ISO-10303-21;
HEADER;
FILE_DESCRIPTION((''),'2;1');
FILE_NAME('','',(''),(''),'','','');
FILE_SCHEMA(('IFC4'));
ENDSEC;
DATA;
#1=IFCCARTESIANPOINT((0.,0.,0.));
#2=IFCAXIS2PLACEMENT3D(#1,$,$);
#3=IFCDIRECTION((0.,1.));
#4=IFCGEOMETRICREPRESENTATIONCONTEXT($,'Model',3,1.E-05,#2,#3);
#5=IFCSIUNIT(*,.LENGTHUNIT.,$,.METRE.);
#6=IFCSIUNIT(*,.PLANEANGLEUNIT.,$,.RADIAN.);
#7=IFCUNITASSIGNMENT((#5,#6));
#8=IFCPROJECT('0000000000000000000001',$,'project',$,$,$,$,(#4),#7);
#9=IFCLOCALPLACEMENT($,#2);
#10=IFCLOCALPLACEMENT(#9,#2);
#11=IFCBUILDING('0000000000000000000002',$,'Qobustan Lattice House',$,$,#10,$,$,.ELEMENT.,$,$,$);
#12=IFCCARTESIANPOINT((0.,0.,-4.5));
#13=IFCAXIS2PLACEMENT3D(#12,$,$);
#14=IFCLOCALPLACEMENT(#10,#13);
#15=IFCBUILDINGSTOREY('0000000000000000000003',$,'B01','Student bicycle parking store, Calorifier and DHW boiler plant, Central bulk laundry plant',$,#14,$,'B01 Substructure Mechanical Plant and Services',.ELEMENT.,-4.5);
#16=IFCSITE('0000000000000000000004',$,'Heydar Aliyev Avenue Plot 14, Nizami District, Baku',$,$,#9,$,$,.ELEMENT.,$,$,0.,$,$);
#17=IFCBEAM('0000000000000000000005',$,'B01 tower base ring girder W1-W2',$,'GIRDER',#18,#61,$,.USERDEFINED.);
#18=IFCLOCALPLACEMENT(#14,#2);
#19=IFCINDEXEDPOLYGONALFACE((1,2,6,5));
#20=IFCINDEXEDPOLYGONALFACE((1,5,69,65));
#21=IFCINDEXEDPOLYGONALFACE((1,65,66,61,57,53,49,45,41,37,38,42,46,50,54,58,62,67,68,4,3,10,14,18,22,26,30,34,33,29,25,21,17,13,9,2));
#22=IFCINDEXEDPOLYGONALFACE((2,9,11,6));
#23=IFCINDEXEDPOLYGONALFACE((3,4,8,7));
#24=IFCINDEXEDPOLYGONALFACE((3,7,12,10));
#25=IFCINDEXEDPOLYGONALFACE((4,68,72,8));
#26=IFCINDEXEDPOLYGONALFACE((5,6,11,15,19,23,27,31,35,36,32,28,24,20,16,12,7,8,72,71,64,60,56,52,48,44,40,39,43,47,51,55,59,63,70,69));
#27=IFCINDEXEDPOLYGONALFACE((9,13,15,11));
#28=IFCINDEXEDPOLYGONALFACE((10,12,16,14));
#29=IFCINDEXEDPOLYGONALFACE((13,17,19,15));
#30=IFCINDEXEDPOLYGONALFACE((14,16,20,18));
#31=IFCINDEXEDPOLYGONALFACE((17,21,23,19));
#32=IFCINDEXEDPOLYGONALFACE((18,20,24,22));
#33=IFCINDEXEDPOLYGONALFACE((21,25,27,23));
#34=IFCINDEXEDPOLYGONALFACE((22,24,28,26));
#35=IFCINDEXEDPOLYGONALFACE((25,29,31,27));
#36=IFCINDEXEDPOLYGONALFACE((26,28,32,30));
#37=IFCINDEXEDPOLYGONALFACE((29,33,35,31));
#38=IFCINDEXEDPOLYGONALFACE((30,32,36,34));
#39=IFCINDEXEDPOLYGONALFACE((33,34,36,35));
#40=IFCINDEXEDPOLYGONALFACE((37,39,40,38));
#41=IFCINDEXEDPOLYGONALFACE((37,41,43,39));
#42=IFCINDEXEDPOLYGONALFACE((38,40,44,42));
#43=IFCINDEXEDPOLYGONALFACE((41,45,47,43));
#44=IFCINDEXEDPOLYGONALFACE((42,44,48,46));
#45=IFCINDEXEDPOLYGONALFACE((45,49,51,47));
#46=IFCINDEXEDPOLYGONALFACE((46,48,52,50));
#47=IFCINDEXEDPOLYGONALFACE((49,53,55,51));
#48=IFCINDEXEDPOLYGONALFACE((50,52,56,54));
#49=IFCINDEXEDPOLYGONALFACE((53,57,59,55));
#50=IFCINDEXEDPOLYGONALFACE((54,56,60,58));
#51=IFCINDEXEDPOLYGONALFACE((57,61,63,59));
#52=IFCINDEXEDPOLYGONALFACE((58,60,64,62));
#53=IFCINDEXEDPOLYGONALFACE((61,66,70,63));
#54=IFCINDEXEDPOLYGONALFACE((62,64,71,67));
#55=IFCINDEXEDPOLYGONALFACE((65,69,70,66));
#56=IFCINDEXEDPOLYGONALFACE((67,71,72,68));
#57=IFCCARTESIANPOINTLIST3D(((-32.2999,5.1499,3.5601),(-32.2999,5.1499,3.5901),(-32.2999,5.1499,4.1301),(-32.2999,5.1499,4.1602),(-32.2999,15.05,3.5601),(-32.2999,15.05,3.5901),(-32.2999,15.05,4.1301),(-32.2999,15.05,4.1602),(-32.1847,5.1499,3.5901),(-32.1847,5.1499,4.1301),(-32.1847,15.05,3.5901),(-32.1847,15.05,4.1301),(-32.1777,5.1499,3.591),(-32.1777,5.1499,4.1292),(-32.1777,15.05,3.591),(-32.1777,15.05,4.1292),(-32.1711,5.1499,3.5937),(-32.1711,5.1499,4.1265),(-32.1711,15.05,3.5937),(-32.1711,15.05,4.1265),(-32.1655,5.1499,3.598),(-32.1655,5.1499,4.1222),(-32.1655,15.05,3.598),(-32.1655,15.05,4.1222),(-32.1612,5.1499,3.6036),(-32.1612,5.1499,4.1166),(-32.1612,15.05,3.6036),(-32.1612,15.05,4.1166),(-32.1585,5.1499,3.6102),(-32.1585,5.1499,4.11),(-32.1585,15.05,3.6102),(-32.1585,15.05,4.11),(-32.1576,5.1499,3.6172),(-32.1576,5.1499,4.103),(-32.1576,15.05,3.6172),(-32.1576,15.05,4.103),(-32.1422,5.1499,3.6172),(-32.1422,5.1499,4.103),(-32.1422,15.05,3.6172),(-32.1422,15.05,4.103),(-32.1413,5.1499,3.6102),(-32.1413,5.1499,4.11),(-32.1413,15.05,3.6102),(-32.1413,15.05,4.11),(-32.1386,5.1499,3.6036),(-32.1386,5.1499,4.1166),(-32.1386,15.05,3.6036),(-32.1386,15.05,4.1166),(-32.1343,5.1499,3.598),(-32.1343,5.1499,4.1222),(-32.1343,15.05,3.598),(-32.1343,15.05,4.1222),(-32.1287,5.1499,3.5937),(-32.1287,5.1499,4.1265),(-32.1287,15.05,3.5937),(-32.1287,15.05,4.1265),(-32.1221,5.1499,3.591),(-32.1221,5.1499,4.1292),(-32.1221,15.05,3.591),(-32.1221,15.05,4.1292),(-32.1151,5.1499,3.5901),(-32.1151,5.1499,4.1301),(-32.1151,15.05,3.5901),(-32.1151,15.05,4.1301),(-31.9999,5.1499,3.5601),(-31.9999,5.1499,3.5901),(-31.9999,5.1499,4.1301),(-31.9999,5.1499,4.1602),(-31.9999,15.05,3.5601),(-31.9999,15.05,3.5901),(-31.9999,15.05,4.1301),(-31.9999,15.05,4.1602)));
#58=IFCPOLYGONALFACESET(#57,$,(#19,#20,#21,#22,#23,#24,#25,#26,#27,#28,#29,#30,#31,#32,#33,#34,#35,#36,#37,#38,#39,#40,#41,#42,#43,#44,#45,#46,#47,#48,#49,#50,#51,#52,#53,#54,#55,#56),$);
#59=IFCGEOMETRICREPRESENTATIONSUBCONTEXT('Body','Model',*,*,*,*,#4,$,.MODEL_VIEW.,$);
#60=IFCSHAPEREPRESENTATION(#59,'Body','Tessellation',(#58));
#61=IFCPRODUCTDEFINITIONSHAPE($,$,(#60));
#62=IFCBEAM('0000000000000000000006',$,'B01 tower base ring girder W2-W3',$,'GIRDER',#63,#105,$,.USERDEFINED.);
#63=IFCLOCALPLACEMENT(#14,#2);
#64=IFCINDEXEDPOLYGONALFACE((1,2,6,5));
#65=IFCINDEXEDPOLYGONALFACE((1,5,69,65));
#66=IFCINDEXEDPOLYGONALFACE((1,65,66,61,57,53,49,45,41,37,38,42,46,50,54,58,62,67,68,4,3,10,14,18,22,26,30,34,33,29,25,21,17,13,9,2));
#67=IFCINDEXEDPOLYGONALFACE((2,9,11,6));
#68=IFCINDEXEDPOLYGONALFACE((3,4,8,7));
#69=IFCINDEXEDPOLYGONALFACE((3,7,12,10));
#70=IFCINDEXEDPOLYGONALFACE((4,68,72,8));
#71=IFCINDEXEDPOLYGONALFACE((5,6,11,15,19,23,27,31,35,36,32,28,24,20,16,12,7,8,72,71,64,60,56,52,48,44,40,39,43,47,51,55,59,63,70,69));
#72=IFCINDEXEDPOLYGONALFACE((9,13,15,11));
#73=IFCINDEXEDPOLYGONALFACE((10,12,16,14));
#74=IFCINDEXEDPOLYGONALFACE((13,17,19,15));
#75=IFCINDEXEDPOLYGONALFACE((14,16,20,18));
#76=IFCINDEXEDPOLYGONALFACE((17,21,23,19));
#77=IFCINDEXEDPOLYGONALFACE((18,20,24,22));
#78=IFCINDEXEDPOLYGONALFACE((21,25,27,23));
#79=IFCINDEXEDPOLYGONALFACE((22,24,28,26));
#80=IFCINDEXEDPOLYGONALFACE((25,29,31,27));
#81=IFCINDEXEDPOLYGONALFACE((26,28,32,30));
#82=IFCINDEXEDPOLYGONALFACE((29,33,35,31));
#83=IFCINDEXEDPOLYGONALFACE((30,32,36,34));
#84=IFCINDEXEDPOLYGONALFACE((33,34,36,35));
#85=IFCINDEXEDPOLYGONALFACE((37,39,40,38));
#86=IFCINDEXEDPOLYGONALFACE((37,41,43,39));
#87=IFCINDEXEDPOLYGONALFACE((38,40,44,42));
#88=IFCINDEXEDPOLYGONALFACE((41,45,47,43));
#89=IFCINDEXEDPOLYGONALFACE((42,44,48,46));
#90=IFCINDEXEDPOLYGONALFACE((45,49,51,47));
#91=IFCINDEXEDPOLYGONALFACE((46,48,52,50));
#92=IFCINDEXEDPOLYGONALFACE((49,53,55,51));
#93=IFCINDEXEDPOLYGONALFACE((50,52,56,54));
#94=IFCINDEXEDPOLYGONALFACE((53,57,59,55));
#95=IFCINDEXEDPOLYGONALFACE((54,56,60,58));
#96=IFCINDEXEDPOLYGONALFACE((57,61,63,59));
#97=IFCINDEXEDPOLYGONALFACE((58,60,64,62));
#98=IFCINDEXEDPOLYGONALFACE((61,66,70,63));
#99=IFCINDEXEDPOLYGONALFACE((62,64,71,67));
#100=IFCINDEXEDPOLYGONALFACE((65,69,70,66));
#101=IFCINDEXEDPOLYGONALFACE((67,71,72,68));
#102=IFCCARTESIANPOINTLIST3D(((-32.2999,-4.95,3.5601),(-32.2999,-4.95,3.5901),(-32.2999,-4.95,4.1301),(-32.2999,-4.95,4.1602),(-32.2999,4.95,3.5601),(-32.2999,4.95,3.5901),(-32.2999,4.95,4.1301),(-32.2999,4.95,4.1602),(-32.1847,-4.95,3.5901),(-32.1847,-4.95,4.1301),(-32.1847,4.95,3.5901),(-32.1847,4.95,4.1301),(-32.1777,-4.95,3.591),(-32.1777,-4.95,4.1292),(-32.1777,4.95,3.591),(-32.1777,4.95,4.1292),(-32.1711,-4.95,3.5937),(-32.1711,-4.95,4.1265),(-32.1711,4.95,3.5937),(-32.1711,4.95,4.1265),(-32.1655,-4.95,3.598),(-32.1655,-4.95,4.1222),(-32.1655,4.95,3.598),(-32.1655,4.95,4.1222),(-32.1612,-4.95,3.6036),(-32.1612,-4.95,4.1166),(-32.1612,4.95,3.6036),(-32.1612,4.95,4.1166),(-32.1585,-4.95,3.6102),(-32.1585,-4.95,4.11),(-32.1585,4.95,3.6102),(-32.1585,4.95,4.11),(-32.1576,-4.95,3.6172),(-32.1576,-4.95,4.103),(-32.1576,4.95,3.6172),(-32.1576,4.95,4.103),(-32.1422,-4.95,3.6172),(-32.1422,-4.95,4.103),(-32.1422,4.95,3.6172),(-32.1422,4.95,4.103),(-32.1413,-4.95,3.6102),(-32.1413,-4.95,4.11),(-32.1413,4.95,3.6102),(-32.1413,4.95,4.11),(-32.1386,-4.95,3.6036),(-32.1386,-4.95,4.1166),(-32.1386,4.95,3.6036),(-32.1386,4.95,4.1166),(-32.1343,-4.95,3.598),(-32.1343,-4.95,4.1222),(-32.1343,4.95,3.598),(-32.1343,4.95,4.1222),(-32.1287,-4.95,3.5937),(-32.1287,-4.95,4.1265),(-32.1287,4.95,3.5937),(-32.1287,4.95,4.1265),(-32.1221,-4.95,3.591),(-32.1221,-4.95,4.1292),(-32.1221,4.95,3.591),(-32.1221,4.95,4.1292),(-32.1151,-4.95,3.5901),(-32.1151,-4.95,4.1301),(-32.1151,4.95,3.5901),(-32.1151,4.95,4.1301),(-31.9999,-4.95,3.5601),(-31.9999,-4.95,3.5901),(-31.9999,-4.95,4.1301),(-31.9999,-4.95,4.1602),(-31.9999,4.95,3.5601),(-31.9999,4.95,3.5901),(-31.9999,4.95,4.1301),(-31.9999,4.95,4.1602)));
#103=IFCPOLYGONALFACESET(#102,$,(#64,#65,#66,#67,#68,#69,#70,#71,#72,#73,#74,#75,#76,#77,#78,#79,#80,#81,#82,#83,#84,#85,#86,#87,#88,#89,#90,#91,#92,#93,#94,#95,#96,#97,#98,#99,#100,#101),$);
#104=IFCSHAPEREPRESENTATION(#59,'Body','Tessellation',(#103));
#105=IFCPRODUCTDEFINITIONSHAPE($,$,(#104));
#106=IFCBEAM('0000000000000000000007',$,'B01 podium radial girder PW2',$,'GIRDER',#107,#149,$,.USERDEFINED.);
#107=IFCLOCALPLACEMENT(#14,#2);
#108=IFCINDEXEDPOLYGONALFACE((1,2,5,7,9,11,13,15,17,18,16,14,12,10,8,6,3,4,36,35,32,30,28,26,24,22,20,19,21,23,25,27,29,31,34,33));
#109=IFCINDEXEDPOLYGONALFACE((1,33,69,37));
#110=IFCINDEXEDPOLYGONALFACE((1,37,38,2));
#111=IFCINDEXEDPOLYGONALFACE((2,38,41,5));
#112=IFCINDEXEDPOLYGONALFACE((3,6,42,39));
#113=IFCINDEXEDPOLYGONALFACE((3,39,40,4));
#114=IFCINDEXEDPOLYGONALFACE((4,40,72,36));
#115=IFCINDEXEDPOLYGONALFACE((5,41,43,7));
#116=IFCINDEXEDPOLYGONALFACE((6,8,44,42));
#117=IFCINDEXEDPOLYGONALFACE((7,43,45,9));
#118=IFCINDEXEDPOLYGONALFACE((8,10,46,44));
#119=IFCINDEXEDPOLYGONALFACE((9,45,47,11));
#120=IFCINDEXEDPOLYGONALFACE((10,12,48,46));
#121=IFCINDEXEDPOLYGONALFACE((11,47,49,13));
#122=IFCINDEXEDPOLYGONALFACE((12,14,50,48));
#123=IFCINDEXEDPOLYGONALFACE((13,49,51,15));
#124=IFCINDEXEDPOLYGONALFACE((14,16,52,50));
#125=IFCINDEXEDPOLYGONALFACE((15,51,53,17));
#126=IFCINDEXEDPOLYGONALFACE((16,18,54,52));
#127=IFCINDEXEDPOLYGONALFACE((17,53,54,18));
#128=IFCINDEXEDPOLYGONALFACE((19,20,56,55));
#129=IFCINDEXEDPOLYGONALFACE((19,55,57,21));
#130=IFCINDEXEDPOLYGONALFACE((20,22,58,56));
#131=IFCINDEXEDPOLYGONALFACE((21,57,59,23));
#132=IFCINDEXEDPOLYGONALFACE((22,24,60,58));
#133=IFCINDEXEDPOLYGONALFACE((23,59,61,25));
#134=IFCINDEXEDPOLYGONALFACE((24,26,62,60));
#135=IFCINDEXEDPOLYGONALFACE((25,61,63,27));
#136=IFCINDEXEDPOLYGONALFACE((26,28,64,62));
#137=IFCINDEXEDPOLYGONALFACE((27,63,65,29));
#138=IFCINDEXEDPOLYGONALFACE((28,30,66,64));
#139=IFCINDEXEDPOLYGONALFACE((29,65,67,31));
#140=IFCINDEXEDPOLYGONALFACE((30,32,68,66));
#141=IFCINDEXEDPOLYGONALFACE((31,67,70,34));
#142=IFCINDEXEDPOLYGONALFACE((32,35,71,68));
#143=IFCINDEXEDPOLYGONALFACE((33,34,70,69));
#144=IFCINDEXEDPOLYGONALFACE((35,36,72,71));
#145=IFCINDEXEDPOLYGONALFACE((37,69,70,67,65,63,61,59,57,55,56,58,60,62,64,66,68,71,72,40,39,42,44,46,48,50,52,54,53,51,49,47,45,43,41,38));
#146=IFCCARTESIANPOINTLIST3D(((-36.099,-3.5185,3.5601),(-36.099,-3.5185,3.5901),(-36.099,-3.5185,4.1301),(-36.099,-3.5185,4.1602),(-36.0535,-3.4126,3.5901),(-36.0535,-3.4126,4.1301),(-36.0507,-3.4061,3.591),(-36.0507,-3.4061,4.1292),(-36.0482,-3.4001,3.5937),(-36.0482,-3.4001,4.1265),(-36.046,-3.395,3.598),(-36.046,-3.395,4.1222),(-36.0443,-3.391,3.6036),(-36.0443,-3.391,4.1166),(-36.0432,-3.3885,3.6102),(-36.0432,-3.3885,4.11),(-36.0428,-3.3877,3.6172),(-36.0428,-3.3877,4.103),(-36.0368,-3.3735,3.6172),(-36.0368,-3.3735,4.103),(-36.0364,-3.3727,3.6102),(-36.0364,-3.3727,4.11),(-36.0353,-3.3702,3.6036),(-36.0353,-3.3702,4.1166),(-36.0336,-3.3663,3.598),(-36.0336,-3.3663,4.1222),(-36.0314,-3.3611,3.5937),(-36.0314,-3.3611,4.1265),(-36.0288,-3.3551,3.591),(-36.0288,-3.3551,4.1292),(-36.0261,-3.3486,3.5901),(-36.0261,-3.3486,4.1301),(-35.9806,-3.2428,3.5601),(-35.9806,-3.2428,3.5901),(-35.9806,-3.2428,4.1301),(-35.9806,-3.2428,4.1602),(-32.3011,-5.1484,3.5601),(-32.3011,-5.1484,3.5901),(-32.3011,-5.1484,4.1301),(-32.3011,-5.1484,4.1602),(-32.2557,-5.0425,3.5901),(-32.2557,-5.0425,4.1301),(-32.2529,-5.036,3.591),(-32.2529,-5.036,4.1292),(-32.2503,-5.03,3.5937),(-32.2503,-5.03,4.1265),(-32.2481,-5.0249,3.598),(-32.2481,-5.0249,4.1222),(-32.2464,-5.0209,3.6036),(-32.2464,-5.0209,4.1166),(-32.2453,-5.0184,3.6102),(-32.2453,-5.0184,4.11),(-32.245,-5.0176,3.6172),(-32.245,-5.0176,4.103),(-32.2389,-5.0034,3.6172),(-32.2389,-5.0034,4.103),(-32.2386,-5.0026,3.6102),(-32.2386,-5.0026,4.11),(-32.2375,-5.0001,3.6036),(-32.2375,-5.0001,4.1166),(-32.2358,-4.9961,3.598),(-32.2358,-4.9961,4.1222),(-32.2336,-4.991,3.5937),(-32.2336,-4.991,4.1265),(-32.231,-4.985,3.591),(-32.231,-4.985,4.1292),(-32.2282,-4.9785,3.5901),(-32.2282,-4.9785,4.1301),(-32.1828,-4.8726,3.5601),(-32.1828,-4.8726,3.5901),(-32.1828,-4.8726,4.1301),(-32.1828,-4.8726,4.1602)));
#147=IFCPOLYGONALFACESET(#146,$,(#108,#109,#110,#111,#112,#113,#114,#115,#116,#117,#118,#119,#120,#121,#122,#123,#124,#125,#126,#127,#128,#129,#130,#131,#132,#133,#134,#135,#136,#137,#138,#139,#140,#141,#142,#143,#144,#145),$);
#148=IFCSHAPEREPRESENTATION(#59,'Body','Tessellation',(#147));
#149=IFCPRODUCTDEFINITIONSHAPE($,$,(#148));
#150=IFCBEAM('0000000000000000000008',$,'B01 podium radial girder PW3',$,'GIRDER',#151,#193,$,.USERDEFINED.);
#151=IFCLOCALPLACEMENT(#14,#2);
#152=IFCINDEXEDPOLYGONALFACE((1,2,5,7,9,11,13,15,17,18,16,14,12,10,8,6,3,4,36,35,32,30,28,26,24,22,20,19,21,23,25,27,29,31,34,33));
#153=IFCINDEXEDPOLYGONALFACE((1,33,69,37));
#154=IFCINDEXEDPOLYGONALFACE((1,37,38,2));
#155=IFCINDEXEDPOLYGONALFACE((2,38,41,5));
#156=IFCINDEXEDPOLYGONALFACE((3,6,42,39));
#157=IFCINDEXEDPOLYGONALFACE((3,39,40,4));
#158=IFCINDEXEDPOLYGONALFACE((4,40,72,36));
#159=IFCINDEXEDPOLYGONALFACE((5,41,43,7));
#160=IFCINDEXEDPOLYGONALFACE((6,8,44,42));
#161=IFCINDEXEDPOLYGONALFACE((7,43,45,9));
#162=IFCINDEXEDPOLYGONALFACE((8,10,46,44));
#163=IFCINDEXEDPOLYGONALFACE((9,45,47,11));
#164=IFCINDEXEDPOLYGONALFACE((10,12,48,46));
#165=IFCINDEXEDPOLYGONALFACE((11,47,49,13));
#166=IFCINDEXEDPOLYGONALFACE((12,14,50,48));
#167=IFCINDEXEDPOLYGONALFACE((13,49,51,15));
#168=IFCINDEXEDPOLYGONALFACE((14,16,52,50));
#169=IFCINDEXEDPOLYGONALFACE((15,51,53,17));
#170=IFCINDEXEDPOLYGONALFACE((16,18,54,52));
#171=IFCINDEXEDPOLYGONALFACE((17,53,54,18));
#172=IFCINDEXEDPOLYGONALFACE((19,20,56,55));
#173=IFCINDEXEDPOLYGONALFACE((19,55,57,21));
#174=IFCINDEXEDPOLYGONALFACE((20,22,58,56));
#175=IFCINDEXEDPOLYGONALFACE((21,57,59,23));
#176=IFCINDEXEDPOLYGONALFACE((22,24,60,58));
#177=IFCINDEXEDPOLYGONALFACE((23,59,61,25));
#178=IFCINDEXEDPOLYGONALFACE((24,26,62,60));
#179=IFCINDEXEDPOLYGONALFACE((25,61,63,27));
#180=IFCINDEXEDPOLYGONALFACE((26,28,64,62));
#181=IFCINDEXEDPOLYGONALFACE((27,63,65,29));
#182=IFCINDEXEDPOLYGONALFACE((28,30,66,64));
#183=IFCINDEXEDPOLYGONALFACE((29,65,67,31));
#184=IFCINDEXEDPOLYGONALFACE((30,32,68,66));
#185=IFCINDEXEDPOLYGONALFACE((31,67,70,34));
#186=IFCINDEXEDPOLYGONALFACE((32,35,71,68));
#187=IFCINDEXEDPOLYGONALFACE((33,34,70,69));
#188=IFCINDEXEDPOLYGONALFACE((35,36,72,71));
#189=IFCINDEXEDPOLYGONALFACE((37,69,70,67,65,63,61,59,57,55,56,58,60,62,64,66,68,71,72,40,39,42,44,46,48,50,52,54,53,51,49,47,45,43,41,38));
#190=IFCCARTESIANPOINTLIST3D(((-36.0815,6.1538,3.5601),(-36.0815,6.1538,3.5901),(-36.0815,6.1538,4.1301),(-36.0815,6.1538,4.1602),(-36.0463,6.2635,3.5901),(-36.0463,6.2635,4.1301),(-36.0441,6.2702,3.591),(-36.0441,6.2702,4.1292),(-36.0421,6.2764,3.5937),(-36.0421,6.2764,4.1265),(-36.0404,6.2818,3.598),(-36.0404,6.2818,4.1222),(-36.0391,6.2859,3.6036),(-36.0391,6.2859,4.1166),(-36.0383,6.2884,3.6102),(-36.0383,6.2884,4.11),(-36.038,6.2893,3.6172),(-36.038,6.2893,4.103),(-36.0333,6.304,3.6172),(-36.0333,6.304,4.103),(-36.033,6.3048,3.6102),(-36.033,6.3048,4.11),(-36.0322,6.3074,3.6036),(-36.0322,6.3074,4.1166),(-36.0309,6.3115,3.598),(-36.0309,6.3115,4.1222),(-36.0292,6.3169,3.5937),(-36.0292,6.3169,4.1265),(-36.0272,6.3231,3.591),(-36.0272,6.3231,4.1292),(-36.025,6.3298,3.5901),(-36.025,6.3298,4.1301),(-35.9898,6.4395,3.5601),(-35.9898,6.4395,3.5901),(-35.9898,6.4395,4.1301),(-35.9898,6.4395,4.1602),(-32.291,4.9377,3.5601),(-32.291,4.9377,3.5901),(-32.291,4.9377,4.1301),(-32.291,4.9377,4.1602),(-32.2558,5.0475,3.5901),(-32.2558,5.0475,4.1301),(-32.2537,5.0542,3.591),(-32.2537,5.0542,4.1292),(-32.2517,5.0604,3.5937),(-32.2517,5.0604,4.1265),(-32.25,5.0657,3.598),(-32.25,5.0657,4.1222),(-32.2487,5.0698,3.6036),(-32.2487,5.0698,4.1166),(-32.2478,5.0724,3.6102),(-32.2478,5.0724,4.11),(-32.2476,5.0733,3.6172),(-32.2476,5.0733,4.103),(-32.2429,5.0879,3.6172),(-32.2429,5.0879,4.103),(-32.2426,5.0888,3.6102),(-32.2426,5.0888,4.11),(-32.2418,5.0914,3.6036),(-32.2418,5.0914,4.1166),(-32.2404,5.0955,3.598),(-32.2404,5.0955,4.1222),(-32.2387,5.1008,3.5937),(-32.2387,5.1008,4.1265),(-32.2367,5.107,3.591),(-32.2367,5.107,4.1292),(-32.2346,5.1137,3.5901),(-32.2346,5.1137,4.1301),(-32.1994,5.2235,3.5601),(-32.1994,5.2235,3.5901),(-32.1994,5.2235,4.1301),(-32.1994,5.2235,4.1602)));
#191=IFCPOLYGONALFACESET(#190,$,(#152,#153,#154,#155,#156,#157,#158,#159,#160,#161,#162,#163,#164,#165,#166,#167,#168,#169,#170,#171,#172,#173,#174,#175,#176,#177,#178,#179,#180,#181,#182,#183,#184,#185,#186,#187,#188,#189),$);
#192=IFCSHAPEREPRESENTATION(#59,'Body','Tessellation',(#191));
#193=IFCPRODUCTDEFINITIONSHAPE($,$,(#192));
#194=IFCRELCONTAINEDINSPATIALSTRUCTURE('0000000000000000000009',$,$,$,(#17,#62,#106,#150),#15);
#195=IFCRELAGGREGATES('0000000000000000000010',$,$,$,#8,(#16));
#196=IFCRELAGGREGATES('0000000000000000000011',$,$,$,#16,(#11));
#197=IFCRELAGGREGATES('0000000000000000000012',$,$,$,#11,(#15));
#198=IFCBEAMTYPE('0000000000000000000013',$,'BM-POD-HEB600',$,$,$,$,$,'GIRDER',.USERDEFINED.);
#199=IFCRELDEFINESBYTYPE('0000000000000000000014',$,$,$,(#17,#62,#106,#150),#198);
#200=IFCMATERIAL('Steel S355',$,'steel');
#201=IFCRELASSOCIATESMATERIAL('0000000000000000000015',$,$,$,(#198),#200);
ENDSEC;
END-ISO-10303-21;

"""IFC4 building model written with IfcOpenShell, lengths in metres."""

from ifc_helpers import new_model, si_unit, direction, frame, origin, origin_2d, place, context, subcontext, project, spatial, i_section, extrude, material, material_profile, profile_set, type_object, element, save


model = new_model("IFC4")

# Units and contexts
model_context = context("Model", 3, precision=1e-05, world=origin(), true_north=direction((0.0, 1.0)))
body_context = subcontext(model_context, "Body", "Model", "MODEL_VIEW")
ifc_project = project(units=[si_unit("LENGTHUNIT", "METRE"), si_unit("PLANEANGLEUNIT", "RADIAN")], contexts=[model_context])

# Site, building, storey
site_placement = place(None, origin())
site = spatial("IfcSite", under=ifc_project, at=site_placement, Name="Heydar Aliyev Avenue Plot 14, Nizami District, Baku", CompositionType="ELEMENT", RefElevation=0.0)
building_placement = place(site_placement, origin())
building = spatial("IfcBuilding", under=site, at=building_placement, Name="Qobustan Lattice House", CompositionType="ELEMENT")
storey_placement = place(building_placement, frame((0.0, 0.0, -4.5)))
storey = spatial("IfcBuildingStorey", under=building, at=storey_placement, Name="B01", Description="Student bicycle parking store, Calorifier and DHW boiler plant, Central bulk laundry plant", LongName="B01 Substructure Mechanical Plant and Services", CompositionType="ELEMENT", Elevation=-4.5)

# Beams
ifc_material_1 = material(Name="Steel S355", Category="steel")
ifc_material_profile_1 = material_profile(ifc_material_1, i_section(OverallWidth=0.3, OverallDepth=0.6001, WebThickness=0.0154, FlangeThickness=0.03, FilletRadius=0.0271, at=origin_2d()), Name="HEB600")
ifc_profile_set_1 = profile_set([ifc_material_profile_1], Name="Steel S355")
beam_type_1 = type_object("IfcBeamType", Name="BM-POD-HEB600", ElementType="GIRDER", PredefinedType="USERDEFINED", material=ifc_profile_set_1)
beam_1_placement = place(storey_placement, frame((-32.1499, 15.05, 3.8601), z_axis=(0.0, -1.0, 0.0), x_axis=(1.0, 0.0, 0.0)))
element("IfcBeam", 1, at=beam_1_placement, inside=storey, type_object=beam_type_1, Name="B01 tower base ring girder W1-W2", ObjectType="GIRDER", PredefinedType="USERDEFINED", context=body_context, shape_type="SweptSolid", body=[
    extrude(i_section(OverallWidth=0.3, OverallDepth=0.6001, WebThickness=0.0154, FlangeThickness=0.03, FilletRadius=0.0271, at=origin_2d()), origin(), (0.0, 0.0, 1.0), 9.9001),
])
beam_2_placement = place(storey_placement, frame((-32.1499, 4.95, 3.8601), z_axis=(0.0, -1.0, 0.0), x_axis=(1.0, 0.0, 0.0)))
element("IfcBeam", 2, at=beam_2_placement, inside=storey, type_object=beam_type_1, Name="B01 tower base ring girder W2-W3", ObjectType="GIRDER", PredefinedType="USERDEFINED", context=body_context, shape_type="SweptSolid", body=[
    extrude(i_section(OverallWidth=0.3, OverallDepth=0.6001, WebThickness=0.0154, FlangeThickness=0.03, FilletRadius=0.0271, at=origin_2d()), origin(), (0.0, 0.0, 1.0), 9.8999),
])
beam_3_placement = place(storey_placement, frame((-36.0398, -3.3806, 3.8601), z_axis=(0.918949, -0.394376, 0.0), x_axis=(0.394376, 0.918949, 0.0)))
element("IfcBeam", 3, at=beam_3_placement, inside=storey, type_object=beam_type_1, Name="B01 podium radial girder PW2", ObjectType="GIRDER", PredefinedType="USERDEFINED", context=body_context, shape_type="SweptSolid", body=[
    extrude(i_section(OverallWidth=0.3, OverallDepth=0.6001, WebThickness=0.0154, FlangeThickness=0.03, FilletRadius=0.0271, at=origin_2d()), origin(), (0.0, 0.0, 1.0), 4.1328),
])
beam_4_placement = place(storey_placement, frame((-36.0356, 6.2966, 3.8601), z_axis=(0.952198, -0.305481, 0.0), x_axis=(0.305481, 0.952198, 0.0)))
element("IfcBeam", 4, at=beam_4_placement, inside=storey, type_object=beam_type_1, Name="B01 podium radial girder PW3", ObjectType="GIRDER", PredefinedType="USERDEFINED", context=body_context, shape_type="SweptSolid", body=[
    extrude(i_section(OverallWidth=0.3, OverallDepth=0.6001, WebThickness=0.0154, FlangeThickness=0.03, FilletRadius=0.0271, at=origin_2d()), origin(), (0.0, 0.0, 1.0), 3.9807),
])

save(model, "model.ifc")
